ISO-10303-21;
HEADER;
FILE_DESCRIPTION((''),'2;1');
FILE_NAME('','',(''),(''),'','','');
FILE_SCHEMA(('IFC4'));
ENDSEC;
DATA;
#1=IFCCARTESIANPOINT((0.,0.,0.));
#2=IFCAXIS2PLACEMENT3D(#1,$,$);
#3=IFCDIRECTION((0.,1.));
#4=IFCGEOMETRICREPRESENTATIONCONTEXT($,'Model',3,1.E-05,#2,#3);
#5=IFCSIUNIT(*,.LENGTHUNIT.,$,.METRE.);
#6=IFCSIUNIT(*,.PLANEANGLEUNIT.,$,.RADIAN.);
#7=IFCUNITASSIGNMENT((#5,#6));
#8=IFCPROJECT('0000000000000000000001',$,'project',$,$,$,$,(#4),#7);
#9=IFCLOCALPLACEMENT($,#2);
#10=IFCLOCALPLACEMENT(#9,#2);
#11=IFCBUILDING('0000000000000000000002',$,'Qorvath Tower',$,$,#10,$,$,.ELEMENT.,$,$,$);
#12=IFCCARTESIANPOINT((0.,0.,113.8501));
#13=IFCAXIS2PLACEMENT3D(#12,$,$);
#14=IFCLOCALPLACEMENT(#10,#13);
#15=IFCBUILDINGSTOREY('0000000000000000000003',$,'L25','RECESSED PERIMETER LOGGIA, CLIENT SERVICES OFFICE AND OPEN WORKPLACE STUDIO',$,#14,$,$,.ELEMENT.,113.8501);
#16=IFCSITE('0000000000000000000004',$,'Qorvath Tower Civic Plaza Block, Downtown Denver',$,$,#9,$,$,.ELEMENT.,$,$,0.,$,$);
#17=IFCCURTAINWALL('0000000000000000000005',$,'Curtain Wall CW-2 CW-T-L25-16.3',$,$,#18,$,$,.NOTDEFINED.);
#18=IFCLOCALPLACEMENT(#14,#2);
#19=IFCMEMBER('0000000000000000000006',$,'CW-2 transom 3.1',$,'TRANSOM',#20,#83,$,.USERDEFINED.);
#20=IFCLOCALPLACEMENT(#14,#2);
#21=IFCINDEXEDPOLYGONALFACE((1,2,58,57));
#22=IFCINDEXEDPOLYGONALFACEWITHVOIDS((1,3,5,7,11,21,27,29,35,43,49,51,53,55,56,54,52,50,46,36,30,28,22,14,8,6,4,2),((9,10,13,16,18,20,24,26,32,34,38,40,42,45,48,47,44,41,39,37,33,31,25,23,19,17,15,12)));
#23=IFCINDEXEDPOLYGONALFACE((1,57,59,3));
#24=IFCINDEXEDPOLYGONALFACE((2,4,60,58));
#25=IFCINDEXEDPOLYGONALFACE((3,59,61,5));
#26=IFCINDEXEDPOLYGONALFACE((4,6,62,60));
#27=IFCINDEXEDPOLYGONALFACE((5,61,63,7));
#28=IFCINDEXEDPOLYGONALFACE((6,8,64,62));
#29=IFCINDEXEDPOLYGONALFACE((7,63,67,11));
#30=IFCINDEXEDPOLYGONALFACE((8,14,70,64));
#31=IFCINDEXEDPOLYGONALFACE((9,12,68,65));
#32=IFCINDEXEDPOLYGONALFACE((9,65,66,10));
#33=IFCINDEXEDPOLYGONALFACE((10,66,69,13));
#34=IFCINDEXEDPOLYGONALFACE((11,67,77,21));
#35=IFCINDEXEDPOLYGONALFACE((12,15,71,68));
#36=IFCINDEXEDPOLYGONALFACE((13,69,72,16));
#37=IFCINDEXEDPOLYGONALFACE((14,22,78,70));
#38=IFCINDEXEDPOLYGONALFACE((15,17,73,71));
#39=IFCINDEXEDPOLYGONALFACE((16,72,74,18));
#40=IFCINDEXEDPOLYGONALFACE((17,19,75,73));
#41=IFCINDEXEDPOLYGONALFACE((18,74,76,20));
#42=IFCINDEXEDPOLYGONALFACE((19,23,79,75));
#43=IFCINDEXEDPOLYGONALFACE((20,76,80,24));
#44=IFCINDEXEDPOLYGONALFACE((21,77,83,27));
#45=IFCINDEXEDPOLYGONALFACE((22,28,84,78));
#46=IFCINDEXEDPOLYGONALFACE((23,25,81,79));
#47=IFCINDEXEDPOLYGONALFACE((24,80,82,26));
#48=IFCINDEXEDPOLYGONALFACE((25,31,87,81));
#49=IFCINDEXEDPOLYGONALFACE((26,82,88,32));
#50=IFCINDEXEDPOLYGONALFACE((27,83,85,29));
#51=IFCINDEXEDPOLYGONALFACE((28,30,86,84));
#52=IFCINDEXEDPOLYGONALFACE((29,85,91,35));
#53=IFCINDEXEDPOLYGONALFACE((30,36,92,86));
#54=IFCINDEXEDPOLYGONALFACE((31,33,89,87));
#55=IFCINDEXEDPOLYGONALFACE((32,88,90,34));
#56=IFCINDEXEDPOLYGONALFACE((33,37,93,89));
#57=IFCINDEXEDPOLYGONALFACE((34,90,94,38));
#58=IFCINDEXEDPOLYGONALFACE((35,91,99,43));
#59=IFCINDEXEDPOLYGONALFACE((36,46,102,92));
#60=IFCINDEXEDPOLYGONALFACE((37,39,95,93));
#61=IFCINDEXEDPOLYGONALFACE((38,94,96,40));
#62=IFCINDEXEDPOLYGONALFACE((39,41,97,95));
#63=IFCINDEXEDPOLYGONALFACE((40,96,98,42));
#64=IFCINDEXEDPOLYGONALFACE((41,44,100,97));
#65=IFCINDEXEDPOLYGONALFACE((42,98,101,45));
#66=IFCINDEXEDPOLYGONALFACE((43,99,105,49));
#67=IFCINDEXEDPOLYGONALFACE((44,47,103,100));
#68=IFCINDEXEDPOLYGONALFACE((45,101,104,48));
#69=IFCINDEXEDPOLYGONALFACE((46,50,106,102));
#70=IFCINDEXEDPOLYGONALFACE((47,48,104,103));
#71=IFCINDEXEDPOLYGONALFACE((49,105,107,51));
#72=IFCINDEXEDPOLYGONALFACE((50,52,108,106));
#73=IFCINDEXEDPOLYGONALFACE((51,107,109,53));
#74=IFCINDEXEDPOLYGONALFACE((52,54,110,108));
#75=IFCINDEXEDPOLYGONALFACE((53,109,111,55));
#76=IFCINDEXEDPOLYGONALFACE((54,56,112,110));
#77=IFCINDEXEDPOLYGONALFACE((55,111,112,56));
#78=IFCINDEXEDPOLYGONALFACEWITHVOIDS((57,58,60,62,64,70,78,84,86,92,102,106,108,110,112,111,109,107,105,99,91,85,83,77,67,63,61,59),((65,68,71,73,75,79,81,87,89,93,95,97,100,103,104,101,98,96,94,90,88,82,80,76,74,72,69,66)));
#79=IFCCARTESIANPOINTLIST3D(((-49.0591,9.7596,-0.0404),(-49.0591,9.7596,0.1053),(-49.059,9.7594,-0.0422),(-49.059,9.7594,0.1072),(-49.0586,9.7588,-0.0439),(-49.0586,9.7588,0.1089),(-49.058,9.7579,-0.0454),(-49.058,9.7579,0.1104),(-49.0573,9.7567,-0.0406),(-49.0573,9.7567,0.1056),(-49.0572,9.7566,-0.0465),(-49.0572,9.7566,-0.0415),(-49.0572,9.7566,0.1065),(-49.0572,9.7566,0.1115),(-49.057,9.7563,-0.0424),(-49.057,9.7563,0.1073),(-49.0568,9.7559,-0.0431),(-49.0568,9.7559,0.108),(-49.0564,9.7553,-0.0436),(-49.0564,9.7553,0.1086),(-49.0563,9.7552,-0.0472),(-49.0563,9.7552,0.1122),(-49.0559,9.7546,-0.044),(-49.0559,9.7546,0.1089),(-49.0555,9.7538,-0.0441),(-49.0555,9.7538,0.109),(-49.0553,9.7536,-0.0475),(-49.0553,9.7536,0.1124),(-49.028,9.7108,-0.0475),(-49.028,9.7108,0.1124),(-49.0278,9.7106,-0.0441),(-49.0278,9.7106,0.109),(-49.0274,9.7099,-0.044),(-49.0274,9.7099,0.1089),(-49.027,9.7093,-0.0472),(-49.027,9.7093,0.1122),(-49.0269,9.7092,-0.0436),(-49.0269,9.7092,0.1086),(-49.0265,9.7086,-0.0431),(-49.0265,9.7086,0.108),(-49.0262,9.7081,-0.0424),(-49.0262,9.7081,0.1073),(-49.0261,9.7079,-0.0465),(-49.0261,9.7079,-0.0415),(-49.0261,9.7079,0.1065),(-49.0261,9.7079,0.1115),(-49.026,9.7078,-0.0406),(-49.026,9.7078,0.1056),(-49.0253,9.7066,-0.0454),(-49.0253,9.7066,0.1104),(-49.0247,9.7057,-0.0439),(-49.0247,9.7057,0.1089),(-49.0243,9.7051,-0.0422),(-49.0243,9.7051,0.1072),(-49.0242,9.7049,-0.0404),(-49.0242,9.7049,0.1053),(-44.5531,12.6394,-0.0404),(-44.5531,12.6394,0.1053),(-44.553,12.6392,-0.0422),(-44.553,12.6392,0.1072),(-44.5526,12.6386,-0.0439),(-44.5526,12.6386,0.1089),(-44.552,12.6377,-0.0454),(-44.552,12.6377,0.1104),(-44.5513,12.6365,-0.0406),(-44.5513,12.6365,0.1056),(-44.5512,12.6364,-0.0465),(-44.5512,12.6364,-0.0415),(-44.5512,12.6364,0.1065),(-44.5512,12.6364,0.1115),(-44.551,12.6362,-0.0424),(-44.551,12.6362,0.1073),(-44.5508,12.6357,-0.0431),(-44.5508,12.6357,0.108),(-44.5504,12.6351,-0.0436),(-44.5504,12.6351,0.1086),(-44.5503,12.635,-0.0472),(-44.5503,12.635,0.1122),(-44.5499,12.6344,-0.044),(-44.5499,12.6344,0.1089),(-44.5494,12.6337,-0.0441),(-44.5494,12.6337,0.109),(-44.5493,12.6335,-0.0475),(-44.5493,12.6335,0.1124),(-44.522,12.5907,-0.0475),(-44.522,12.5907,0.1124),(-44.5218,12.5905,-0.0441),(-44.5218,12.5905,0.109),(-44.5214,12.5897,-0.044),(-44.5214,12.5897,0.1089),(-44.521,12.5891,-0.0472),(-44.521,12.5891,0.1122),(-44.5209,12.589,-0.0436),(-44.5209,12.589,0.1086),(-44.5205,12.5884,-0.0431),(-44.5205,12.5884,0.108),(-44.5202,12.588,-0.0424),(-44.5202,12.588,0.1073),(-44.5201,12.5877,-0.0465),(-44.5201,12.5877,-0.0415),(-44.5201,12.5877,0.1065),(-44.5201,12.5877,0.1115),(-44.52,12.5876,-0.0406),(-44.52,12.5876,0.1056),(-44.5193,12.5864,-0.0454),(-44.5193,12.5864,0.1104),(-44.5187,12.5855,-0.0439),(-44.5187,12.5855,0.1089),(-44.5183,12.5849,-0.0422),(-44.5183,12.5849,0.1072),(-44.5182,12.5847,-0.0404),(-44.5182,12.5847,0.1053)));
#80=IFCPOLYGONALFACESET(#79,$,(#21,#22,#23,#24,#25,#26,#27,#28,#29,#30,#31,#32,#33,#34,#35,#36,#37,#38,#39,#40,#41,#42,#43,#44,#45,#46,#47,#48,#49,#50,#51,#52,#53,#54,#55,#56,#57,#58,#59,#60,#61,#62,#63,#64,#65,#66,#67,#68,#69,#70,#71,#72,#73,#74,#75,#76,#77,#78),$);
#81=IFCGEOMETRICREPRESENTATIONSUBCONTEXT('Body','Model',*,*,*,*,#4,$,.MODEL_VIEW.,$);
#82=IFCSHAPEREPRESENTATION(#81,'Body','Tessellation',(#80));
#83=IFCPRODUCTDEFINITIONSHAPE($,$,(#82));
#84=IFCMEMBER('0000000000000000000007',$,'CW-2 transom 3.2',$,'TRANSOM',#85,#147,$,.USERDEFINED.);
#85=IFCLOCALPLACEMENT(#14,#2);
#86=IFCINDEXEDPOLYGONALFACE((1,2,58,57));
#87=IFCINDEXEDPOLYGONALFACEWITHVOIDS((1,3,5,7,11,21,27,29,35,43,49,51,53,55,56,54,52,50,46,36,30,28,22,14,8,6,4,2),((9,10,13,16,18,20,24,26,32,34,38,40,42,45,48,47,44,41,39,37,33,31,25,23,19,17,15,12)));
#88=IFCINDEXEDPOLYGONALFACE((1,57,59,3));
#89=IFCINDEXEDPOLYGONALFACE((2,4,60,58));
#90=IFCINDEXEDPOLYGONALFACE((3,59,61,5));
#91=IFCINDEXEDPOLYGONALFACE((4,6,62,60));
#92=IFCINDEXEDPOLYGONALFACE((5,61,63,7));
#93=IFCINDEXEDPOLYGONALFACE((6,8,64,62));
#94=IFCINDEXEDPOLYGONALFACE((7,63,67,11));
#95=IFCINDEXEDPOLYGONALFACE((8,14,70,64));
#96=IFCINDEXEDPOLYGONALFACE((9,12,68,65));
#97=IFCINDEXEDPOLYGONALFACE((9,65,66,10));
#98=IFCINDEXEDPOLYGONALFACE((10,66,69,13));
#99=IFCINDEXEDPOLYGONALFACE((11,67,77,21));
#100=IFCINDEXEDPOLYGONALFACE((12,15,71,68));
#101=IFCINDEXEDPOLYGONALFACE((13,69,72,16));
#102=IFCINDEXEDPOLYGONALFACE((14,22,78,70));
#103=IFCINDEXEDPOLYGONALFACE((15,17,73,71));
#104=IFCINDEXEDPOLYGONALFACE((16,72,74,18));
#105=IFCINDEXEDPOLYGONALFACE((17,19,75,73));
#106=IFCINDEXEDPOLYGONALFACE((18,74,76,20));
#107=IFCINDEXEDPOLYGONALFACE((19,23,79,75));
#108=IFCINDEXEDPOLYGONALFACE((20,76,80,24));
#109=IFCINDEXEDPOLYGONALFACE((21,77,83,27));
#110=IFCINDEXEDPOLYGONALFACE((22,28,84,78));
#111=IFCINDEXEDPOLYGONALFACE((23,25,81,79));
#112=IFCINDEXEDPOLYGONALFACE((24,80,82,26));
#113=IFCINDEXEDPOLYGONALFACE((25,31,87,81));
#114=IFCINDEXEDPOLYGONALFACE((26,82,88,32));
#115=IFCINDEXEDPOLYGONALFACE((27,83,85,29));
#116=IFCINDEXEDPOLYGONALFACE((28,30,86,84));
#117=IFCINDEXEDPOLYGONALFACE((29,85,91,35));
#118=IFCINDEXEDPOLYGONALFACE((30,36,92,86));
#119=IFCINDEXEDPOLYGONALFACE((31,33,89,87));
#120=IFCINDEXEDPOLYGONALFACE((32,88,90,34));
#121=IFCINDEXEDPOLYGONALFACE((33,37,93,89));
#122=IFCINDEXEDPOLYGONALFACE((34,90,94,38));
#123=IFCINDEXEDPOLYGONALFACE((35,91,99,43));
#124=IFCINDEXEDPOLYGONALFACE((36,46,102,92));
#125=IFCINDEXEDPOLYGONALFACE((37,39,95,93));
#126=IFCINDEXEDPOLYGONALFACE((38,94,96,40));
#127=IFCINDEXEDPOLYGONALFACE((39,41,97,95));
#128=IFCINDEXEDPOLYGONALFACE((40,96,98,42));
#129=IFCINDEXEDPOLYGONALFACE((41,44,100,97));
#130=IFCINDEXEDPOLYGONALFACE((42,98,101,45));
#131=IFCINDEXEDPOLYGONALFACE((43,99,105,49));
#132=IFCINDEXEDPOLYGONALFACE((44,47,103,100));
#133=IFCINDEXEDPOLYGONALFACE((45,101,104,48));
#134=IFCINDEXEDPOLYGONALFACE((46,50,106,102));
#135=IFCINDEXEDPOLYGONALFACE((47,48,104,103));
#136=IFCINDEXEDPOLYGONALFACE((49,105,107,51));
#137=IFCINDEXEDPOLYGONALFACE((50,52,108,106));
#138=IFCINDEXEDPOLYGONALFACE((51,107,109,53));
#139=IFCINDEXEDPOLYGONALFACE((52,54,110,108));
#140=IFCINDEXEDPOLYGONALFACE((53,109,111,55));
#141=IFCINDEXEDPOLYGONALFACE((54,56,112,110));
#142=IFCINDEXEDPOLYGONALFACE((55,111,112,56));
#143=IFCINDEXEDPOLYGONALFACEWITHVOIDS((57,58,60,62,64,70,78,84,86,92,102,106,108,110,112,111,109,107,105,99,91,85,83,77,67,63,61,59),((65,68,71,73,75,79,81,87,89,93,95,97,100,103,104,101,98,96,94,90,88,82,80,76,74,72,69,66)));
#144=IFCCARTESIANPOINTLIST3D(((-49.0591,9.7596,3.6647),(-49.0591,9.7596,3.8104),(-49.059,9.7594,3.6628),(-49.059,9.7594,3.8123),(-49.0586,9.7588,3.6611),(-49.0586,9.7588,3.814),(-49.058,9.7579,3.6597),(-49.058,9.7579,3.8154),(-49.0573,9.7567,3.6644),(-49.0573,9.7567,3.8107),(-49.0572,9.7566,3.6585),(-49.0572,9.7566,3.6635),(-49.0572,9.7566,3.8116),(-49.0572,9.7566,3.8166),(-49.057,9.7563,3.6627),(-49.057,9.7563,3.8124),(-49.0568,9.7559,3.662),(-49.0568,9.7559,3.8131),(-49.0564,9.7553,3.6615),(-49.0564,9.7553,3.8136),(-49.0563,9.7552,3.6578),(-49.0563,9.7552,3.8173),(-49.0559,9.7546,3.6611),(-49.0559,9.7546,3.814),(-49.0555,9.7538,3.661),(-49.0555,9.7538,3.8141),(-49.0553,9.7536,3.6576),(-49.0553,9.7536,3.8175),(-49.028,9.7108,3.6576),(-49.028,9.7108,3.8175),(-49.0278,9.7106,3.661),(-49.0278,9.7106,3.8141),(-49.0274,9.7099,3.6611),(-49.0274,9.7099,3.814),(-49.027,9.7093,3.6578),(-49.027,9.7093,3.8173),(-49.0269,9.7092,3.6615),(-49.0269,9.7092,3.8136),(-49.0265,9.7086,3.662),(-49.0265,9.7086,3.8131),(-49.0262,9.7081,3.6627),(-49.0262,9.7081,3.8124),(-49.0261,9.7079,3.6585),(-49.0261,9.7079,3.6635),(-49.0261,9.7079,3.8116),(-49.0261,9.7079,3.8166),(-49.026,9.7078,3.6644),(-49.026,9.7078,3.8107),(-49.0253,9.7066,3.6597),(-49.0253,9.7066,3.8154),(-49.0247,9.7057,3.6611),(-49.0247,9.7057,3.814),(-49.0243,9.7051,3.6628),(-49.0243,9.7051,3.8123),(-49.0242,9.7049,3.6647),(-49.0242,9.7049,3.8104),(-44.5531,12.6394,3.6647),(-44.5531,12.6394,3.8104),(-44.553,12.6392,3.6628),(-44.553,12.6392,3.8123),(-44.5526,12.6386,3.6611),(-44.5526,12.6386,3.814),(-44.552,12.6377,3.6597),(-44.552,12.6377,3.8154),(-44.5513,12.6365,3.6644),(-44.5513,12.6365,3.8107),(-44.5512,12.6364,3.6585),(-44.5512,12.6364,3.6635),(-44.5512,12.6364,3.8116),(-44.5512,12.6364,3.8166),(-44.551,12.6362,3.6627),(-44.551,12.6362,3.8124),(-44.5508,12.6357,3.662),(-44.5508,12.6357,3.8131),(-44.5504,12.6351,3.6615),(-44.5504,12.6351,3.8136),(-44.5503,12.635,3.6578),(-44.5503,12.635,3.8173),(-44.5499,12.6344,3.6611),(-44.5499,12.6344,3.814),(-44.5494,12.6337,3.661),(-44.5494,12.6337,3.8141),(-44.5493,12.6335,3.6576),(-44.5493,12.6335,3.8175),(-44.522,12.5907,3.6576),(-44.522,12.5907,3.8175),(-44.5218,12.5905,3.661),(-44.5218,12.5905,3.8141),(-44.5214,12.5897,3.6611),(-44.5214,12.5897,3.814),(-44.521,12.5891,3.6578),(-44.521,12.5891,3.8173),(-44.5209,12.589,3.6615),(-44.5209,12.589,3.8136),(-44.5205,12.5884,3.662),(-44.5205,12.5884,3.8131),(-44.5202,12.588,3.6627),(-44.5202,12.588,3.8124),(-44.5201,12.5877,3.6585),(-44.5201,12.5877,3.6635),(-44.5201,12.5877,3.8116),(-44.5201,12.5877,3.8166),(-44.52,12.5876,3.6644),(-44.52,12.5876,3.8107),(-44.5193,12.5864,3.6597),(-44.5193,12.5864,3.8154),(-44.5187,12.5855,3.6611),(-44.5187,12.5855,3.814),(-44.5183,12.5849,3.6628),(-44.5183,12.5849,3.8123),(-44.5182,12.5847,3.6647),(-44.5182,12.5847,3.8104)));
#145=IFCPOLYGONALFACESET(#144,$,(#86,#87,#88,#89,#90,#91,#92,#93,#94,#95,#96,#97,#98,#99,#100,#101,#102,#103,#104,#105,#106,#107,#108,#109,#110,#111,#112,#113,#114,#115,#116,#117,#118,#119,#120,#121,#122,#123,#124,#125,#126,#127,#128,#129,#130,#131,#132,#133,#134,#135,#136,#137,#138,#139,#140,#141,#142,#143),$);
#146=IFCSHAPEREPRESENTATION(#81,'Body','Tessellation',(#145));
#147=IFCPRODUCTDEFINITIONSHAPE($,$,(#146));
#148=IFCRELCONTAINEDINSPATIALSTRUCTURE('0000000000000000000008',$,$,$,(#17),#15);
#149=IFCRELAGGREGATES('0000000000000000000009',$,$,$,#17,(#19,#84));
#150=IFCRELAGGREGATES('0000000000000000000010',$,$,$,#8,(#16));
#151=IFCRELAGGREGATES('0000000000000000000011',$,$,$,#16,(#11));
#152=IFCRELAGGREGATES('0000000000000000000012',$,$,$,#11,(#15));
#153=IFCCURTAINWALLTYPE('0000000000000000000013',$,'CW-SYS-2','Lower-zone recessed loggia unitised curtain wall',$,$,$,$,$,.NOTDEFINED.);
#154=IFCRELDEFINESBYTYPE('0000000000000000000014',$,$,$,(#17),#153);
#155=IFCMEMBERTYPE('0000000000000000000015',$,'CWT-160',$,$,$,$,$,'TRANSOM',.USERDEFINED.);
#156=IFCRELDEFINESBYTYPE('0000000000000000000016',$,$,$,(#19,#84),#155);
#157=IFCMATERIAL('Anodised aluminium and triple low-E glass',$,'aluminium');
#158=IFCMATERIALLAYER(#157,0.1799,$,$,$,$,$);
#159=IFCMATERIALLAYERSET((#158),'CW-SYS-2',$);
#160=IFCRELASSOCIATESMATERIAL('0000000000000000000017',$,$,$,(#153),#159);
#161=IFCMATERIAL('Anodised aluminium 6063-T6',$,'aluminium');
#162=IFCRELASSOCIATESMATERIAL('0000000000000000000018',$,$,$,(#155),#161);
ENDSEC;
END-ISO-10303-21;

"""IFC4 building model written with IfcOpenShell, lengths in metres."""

from ifc_helpers import new_model, si_unit, direction, frame, origin, origin_2d, place, context, subcontext, project, spatial, hollow_rectangle, extrude, material, layer, layer_set, material_profile, profile_set, type_object, element, aggregate, save


model = new_model("IFC4")

# Units and contexts
model_context = context("Model", 3, precision=1e-05, world=origin(), true_north=direction((0.0, 1.0)))
body_context = subcontext(model_context, "Body", "Model", "MODEL_VIEW")
ifc_project = project(units=[si_unit("LENGTHUNIT", "METRE"), si_unit("PLANEANGLEUNIT", "RADIAN")], contexts=[model_context])

# Site, building, storey
site_placement = place(None, origin())
site = spatial("IfcSite", under=ifc_project, at=site_placement, Name="Qorvath Tower Civic Plaza Block, Downtown Denver", CompositionType="ELEMENT", RefElevation=0.0)
building_placement = place(site_placement, origin())
building = spatial("IfcBuilding", under=site, at=building_placement, Name="Qorvath Tower", CompositionType="ELEMENT")
storey_placement = place(building_placement, frame((0.0, 0.0, 113.8501)))
storey = spatial("IfcBuildingStorey", under=building, at=storey_placement, Name="L25", Description="RECESSED PERIMETER LOGGIA, CLIENT SERVICES OFFICE AND OPEN WORKPLACE STUDIO", CompositionType="ELEMENT", Elevation=113.8501)

# Curtain wall, members
ifc_material_1 = material(Name="Anodised aluminium and triple low-E glass", Category="aluminium")
ifc_layer_1 = layer(ifc_material_1, 0.1799)
ifc_layer_set_1 = layer_set([ifc_layer_1], Name="CW-SYS-2")
curtain_wall_type = type_object("IfcCurtainWallType", Name="CW-SYS-2", Description="Lower-zone recessed loggia unitised curtain wall", PredefinedType="NOTDEFINED", material=ifc_layer_set_1)
curtain_wall_placement = place(storey_placement, origin())
curtain_wall = element("IfcCurtainWall", 1, at=curtain_wall_placement, inside=storey, type_object=curtain_wall_type, Name="Curtain Wall CW-2 CW-T-L25-16.3", PredefinedType="NOTDEFINED")
ifc_material_2 = material(Name="Anodised aluminium 6063-T6", Category="aluminium")
ifc_material_profile_1 = material_profile(ifc_material_2, hollow_rectangle(XDim=0.0649, YDim=0.1599, WallThickness=0.0034, InnerFilletRadius=0.0034, OuterFilletRadius=0.0071, at=origin_2d()), Name="CWT 160x65")
ifc_profile_set_1 = profile_set([ifc_material_profile_1], Name="Anodised aluminium 6063-T6")
member_type_1 = type_object("IfcMemberType", Name="CWT-160", ElementType="TRANSOM", PredefinedType="USERDEFINED", material=ifc_profile_set_1)
member_1_placement = place(storey_placement, frame((-44.5356, 12.6121, 0.0325), z_axis=(-0.842613, -0.53852, 0.0), x_axis=(0.53852, -0.842613, 0.0)))
member_1 = element("IfcMember", 2, at=member_1_placement, type_object=member_type_1, Name="CW-2 transom 3.1", ObjectType="TRANSOM", PredefinedType="USERDEFINED", context=body_context, shape_type="SweptSolid", body=[
    extrude(hollow_rectangle(XDim=0.0649, YDim=0.1599, WallThickness=0.0034, InnerFilletRadius=0.0034, OuterFilletRadius=0.0071, at=origin_2d()), origin(), (0.0, 0.0, 1.0), 5.3477),
])
member_2_placement = place(storey_placement, frame((-44.5356, 12.6121, 3.7375), z_axis=(-0.842613, -0.53852, 0.0), x_axis=(0.53852, -0.842613, 0.0)))
member_2 = element("IfcMember", 3, at=member_2_placement, type_object=member_type_1, Name="CW-2 transom 3.2", ObjectType="TRANSOM", PredefinedType="USERDEFINED", context=body_context, shape_type="SweptSolid", body=[
    extrude(hollow_rectangle(XDim=0.0649, YDim=0.1599, WallThickness=0.0034, InnerFilletRadius=0.0034, OuterFilletRadius=0.0071, at=origin_2d()), origin(), (0.0, 0.0, 1.0), 5.3477),
])
aggregate(curtain_wall, [member_1, member_2])

save(model, "model.ifc")
